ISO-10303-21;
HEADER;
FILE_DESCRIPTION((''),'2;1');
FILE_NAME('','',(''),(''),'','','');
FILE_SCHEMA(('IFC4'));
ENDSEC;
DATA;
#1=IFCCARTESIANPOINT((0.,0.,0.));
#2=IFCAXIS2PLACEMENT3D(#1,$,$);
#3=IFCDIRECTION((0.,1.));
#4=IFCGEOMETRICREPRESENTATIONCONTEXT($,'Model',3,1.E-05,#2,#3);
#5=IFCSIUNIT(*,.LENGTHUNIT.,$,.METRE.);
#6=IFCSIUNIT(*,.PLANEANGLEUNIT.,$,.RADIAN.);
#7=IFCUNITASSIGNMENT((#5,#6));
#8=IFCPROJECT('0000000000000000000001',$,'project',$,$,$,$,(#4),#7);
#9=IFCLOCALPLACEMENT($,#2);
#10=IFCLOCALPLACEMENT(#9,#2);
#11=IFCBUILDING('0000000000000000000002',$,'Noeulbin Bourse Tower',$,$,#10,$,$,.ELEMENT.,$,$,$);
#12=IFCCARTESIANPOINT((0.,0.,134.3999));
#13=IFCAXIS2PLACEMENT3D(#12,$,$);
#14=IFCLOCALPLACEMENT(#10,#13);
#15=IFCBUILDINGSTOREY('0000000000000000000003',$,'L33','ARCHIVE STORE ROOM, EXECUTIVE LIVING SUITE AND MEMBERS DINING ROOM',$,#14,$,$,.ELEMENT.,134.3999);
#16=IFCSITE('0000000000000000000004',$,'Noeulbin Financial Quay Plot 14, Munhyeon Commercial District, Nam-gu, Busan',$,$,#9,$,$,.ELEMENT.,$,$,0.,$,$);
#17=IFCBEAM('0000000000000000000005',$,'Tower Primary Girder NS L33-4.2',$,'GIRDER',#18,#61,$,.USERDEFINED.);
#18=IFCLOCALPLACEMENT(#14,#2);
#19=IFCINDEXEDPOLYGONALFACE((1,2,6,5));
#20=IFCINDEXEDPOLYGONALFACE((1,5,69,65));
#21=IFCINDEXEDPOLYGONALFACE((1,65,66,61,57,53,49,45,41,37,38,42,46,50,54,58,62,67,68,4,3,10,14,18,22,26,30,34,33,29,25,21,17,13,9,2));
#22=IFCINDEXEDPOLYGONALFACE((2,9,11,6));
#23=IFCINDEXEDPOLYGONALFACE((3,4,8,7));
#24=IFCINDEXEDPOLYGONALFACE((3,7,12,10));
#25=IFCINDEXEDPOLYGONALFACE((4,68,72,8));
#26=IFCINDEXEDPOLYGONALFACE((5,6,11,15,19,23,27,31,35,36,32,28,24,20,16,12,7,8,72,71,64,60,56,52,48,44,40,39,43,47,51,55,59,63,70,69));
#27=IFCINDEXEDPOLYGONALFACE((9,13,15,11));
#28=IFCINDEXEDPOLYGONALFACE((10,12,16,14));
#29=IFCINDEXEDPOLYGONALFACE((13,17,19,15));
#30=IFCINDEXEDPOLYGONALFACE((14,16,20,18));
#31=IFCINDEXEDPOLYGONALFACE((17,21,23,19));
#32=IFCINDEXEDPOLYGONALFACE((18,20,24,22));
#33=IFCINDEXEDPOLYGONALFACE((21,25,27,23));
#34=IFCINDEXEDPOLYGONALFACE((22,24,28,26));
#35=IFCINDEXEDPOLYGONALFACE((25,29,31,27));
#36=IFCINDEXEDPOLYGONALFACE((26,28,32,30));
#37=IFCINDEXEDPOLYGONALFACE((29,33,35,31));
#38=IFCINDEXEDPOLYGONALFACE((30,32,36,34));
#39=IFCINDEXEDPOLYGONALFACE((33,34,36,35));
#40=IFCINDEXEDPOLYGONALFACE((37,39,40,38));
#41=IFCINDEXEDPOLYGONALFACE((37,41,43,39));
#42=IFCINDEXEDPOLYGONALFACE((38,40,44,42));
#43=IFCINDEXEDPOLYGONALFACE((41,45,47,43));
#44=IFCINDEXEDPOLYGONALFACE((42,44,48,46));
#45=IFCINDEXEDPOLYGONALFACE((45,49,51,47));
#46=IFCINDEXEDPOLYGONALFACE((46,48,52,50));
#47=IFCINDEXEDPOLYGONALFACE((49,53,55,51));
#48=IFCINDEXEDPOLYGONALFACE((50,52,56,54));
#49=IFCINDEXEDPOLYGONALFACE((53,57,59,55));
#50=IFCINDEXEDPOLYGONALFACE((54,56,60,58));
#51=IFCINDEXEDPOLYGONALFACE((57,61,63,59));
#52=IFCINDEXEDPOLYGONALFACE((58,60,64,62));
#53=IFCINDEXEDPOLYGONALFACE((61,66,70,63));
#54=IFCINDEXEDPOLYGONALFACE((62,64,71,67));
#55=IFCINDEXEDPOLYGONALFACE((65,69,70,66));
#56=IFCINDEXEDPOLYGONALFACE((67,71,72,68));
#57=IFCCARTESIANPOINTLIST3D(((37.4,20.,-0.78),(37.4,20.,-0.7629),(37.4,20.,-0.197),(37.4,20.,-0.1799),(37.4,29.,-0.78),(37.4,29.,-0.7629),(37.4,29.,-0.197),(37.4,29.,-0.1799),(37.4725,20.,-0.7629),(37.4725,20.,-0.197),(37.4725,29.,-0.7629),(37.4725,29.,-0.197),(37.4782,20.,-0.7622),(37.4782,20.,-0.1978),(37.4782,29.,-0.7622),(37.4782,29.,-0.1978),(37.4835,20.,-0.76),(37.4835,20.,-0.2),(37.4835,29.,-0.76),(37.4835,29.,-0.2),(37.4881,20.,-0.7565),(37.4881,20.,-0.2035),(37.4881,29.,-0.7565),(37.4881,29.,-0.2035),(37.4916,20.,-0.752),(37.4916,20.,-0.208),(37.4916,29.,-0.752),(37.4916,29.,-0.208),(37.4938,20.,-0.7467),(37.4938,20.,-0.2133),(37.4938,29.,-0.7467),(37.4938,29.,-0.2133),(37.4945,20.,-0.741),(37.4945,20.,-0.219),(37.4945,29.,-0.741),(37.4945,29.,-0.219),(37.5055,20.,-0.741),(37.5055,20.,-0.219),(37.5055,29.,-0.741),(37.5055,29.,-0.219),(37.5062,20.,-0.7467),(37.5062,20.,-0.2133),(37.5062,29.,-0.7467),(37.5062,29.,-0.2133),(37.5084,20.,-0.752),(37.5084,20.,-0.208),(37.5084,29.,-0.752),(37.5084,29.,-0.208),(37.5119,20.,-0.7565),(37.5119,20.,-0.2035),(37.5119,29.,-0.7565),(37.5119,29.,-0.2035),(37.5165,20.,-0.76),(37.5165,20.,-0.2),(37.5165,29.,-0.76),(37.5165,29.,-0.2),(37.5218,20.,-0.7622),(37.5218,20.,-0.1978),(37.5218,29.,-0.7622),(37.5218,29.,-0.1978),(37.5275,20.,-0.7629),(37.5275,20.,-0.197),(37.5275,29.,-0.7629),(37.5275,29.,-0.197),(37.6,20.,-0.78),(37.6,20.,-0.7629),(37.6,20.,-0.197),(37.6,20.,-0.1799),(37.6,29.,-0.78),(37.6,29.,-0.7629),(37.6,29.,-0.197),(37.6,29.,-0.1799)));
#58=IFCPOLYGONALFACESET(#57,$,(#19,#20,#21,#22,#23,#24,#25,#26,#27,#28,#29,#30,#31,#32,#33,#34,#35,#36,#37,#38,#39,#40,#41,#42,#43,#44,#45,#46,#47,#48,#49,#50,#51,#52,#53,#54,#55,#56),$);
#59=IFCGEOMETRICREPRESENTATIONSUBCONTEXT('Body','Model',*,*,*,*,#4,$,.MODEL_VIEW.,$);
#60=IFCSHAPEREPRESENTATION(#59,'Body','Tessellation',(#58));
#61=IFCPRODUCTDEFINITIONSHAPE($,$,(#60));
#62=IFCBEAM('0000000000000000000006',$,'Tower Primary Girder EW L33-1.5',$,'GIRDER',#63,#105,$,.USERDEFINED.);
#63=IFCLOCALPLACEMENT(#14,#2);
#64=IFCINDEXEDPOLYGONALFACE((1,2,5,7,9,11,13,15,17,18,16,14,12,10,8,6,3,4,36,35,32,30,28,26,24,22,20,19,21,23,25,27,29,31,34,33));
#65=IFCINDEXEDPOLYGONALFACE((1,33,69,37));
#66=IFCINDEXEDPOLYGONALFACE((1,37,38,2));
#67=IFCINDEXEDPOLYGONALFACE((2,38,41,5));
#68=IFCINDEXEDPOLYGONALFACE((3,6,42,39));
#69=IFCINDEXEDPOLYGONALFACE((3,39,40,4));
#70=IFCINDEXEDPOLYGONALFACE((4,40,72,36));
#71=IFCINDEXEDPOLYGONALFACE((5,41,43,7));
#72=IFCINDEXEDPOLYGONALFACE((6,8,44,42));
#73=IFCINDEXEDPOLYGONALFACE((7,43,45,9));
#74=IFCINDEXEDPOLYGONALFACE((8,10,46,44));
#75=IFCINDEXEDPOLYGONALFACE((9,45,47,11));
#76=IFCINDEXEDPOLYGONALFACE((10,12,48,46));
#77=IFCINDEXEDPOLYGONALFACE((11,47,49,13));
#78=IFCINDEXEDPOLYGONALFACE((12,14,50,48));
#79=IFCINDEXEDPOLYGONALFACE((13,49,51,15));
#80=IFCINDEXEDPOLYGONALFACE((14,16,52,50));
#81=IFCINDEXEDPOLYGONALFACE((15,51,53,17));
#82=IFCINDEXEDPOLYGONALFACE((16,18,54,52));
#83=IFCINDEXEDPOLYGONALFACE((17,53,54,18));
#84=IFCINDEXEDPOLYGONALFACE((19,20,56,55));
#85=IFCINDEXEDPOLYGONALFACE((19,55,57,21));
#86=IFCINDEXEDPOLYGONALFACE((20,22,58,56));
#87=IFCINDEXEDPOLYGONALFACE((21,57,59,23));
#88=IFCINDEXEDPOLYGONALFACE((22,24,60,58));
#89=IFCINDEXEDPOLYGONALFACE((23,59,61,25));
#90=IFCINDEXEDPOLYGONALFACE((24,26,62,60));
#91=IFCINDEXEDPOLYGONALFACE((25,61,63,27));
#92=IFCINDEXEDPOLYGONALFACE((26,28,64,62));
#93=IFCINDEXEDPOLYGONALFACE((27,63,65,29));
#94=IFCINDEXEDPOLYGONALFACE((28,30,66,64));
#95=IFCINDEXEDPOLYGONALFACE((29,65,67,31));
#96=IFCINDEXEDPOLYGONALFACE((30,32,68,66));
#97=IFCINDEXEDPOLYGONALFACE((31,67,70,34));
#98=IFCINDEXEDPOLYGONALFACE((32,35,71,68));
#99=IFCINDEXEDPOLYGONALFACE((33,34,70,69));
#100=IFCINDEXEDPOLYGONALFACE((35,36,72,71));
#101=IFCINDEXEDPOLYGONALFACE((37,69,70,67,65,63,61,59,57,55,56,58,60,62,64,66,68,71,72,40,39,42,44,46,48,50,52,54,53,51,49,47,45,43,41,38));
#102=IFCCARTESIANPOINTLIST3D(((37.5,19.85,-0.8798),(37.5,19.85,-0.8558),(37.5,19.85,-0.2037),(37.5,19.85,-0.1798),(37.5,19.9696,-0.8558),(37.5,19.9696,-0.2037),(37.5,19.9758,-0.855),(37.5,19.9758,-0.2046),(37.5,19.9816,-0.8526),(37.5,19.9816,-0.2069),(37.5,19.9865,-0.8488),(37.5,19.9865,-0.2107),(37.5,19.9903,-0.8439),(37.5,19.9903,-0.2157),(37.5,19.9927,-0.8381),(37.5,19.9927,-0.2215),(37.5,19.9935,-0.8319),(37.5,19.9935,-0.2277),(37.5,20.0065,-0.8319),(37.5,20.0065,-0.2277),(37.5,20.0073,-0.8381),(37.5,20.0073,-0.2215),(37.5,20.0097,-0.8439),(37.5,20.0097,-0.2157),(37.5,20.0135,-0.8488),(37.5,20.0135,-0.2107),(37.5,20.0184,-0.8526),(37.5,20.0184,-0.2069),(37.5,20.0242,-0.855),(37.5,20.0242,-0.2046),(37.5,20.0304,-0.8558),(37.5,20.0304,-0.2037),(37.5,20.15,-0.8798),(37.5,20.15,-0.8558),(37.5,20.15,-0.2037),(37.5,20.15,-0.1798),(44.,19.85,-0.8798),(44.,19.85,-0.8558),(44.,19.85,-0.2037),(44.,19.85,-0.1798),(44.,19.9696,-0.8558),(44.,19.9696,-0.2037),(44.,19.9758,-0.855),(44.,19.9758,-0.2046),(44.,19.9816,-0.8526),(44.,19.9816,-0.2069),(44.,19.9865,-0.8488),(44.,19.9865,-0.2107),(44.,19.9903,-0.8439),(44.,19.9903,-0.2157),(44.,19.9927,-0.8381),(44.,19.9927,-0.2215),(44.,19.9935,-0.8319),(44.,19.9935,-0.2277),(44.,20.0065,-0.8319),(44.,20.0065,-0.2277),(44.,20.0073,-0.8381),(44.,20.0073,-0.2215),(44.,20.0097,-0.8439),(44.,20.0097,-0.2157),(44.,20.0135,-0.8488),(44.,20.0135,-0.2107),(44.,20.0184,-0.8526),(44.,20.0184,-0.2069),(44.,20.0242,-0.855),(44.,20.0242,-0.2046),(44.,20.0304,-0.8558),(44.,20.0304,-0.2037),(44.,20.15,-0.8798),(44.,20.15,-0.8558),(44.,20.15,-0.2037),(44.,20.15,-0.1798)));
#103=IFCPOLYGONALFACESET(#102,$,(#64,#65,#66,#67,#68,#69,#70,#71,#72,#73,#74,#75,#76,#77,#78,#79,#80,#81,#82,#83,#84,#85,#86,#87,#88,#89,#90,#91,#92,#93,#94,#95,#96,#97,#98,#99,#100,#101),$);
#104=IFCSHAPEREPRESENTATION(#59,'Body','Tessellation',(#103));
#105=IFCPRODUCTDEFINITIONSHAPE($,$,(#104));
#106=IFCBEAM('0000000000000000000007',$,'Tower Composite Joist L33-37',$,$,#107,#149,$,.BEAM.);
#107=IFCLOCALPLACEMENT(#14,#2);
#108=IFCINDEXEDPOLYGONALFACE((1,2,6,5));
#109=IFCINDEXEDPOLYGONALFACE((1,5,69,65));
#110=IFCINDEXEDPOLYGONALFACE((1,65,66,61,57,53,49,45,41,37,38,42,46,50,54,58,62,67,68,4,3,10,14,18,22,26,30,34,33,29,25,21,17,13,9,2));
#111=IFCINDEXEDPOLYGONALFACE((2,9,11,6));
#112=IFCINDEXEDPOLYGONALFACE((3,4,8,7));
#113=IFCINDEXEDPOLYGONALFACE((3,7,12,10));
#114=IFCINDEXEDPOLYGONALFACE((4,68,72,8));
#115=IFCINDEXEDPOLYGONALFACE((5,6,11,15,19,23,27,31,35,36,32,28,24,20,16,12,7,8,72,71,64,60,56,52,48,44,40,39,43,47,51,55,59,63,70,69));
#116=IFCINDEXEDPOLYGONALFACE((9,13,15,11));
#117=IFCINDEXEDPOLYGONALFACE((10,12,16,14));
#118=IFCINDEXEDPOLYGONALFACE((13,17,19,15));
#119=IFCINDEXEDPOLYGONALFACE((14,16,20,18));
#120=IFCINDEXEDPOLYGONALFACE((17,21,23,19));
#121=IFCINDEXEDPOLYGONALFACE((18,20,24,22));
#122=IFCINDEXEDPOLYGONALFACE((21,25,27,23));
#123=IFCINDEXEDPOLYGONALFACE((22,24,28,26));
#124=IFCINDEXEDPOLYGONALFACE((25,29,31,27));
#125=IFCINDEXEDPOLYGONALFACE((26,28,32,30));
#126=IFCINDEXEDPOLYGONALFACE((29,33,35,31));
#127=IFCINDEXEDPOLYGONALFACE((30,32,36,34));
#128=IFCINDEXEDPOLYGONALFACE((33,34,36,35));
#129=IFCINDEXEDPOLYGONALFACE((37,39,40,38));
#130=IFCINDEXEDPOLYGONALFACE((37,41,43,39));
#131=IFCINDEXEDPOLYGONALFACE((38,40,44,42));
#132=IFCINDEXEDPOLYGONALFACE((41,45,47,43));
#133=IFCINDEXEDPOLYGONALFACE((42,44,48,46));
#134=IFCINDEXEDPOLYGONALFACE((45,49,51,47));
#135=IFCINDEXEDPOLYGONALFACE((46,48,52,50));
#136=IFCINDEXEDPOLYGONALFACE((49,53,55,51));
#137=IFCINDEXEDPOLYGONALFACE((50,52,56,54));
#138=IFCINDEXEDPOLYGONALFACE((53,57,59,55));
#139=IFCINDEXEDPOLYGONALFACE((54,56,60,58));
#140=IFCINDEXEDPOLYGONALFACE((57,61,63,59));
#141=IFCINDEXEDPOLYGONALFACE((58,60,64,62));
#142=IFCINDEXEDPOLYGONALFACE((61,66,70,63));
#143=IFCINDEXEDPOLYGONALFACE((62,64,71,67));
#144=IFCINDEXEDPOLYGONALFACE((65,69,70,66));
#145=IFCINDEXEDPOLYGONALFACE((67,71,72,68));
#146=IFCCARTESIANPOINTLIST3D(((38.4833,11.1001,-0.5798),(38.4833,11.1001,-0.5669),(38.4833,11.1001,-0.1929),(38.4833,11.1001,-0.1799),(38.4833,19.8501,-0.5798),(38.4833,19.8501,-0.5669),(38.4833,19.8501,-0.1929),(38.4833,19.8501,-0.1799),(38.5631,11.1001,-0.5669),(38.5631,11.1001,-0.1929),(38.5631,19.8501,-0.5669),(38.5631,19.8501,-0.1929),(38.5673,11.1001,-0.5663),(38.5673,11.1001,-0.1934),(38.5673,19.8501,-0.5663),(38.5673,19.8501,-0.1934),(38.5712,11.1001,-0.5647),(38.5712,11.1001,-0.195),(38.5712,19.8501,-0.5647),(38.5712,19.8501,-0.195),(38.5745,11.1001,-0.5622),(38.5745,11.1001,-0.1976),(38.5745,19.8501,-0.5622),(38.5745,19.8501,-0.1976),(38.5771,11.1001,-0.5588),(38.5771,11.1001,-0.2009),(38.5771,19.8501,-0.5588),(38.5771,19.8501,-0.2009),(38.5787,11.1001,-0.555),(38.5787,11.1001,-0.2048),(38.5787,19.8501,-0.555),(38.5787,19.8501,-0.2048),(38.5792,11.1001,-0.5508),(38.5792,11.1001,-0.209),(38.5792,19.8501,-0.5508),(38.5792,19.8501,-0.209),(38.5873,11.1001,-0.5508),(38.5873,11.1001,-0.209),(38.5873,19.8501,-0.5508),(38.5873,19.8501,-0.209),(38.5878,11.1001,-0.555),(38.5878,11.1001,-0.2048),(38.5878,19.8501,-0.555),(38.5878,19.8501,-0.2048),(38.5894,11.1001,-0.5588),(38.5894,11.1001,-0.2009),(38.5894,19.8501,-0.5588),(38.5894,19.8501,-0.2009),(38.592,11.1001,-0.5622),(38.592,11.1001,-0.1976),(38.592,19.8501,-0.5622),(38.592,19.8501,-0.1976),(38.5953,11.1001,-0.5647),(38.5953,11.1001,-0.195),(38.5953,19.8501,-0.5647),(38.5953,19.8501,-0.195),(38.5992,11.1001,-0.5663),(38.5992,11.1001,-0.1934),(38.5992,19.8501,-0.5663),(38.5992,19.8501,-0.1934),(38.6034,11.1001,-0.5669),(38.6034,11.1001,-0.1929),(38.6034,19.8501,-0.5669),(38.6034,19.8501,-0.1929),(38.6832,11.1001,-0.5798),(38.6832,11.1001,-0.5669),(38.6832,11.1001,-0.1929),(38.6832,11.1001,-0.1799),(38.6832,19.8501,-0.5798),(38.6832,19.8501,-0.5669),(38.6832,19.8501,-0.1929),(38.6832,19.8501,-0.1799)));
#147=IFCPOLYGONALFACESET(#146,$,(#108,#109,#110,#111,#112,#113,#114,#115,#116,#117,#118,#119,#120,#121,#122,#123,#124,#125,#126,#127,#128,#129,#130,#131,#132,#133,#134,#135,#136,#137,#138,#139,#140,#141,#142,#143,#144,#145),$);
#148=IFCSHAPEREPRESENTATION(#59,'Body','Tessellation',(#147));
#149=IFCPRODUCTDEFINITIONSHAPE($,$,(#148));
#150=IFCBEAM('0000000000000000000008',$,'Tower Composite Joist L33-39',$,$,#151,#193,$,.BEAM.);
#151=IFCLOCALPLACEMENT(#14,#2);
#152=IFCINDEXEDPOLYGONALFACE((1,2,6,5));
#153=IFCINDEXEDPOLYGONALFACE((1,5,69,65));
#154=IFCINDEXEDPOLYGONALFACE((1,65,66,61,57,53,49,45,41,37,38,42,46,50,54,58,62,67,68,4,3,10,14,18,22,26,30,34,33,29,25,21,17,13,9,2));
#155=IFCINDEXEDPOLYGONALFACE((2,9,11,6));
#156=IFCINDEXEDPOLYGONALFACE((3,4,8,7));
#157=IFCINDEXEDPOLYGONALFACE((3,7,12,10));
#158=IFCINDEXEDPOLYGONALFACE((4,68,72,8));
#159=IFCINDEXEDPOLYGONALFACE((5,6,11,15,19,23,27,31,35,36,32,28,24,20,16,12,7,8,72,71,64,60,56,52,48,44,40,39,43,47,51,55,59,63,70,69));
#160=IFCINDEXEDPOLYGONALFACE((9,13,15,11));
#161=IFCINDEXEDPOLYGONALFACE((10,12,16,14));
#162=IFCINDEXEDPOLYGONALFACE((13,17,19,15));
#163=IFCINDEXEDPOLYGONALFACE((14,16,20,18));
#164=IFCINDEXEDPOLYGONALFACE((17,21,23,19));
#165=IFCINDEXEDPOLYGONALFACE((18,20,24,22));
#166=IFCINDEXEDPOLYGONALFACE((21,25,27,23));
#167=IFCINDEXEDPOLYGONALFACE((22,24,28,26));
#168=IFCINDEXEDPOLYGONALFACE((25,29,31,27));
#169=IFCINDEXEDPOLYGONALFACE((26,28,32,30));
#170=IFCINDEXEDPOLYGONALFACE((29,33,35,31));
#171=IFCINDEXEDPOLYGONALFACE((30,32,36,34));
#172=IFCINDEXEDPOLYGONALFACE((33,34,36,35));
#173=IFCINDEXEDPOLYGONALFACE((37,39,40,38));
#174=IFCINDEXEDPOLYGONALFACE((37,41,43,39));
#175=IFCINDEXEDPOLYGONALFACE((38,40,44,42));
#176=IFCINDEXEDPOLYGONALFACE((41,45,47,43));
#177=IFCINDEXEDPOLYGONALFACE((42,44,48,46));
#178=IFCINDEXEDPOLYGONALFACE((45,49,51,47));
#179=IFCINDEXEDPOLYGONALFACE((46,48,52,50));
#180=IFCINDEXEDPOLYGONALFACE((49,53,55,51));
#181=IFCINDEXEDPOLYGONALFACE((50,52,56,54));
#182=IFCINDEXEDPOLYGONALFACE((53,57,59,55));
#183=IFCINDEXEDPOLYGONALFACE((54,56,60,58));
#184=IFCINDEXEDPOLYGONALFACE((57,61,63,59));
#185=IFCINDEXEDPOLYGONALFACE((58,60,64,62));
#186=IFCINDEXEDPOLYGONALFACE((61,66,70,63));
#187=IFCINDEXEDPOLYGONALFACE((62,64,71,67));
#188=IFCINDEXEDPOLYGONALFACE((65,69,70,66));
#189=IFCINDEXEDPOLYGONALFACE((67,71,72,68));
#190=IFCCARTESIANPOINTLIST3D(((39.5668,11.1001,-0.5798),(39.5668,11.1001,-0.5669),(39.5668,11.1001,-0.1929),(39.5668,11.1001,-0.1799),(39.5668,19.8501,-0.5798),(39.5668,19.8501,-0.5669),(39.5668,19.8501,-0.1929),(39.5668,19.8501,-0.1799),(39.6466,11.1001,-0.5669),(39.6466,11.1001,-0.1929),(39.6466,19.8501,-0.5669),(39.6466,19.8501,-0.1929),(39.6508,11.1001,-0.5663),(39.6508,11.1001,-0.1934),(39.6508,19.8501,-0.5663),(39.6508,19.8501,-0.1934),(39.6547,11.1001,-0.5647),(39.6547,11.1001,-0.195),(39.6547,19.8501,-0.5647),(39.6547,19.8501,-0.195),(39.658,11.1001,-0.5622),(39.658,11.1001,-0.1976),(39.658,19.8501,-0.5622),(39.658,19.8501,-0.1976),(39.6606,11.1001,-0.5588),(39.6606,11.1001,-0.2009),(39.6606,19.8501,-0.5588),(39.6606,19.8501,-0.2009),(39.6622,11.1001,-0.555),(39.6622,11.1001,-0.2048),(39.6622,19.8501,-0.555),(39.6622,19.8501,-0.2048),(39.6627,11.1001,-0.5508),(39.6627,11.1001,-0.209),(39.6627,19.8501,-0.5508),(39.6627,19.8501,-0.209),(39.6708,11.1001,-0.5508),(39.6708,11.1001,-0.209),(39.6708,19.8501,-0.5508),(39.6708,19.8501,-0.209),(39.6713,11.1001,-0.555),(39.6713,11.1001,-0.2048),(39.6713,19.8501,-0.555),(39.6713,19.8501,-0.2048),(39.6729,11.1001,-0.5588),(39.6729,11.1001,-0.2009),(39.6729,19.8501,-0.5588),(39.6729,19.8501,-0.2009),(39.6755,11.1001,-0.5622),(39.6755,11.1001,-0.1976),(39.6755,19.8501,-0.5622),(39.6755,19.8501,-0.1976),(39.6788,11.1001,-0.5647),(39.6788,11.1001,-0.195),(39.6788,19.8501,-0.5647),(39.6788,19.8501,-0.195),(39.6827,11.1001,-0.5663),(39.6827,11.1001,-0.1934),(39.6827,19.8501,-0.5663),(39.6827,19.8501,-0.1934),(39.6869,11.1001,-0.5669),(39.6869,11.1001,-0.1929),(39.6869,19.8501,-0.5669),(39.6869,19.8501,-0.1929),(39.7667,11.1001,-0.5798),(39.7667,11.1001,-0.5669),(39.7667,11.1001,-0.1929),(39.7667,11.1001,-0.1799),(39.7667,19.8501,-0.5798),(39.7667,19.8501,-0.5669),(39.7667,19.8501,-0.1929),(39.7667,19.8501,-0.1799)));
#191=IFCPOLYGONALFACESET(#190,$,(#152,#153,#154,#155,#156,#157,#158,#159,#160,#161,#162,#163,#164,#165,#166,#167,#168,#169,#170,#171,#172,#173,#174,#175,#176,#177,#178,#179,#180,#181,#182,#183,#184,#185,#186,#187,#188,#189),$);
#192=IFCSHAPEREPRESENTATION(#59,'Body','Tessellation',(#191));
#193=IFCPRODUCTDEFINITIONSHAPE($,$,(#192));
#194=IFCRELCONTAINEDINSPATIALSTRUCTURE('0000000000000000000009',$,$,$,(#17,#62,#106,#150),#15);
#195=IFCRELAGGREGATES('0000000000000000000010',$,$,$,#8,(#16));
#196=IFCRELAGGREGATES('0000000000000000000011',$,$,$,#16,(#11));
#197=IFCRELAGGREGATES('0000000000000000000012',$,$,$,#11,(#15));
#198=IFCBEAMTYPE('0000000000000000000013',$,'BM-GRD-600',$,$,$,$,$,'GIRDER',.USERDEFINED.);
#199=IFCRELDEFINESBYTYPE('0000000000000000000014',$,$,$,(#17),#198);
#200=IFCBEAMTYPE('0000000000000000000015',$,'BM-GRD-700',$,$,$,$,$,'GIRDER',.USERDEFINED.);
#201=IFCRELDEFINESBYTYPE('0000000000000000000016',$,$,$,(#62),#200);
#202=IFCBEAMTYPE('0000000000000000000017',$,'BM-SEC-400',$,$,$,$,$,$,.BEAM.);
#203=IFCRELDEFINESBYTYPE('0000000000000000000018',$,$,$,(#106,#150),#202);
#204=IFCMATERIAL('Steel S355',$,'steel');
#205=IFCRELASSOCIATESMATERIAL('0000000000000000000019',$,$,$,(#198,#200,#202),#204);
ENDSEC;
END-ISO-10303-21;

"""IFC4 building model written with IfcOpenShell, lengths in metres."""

from ifc_helpers import new_model, si_unit, direction, frame, origin, origin_2d, place, context, subcontext, project, spatial, i_section, extrude, material, material_profile, profile_set, type_object, element, save


model = new_model("IFC4")

# Units and contexts
model_context = context("Model", 3, precision=1e-05, world=origin(), true_north=direction((0.0, 1.0)))
body_context = subcontext(model_context, "Body", "Model", "MODEL_VIEW")
ifc_project = project(units=[si_unit("LENGTHUNIT", "METRE"), si_unit("PLANEANGLEUNIT", "RADIAN")], contexts=[model_context])

# Site, building, storey
site_placement = place(None, origin())
site = spatial("IfcSite", under=ifc_project, at=site_placement, Name="Noeulbin Financial Quay Plot 14, Munhyeon Commercial District, Nam-gu, Busan", CompositionType="ELEMENT", RefElevation=0.0)
building_placement = place(site_placement, origin())
building = spatial("IfcBuilding", under=site, at=building_placement, Name="Noeulbin Bourse Tower", CompositionType="ELEMENT")
storey_placement = place(building_placement, frame((0.0, 0.0, 134.3999)))
storey = spatial("IfcBuildingStorey", under=building, at=storey_placement, Name="L33", Description="ARCHIVE STORE ROOM, EXECUTIVE LIVING SUITE AND MEMBERS DINING ROOM", CompositionType="ELEMENT", Elevation=134.3999)

# Shared definitions
ifc_material_1 = material(Name="Steel S355", Category="steel")

# Beams
ifc_material_profile_1 = material_profile(ifc_material_1, i_section(OverallWidth=0.2, OverallDepth=0.6001, WebThickness=0.011, FlangeThickness=0.0171, FilletRadius=0.022, at=origin_2d()), Name="H-600x200x11x17", Category="LoadBearing")
ifc_profile_set_1 = profile_set([ifc_material_profile_1], Name="Steel S355")
beam_type_1 = type_object("IfcBeamType", Name="BM-GRD-600", ElementType="GIRDER", PredefinedType="USERDEFINED", material=ifc_profile_set_1)
beam_1_placement = place(storey_placement, frame((37.5, 20.0, -0.48), z_axis=(0.0, 1.0, 0.0), x_axis=(-1.0, 0.0, 0.0)))
element("IfcBeam", 1, at=beam_1_placement, inside=storey, type_object=beam_type_1, Name="Tower Primary Girder NS L33-4.2", ObjectType="GIRDER", PredefinedType="USERDEFINED", context=body_context, shape_type="SweptSolid", body=[
    extrude(i_section(OverallWidth=0.2, OverallDepth=0.6001, WebThickness=0.011, FlangeThickness=0.0171, FilletRadius=0.022, at=origin_2d()), origin(), (0.0, 0.0, 1.0), 9.0),
])
ifc_material_profile_2 = material_profile(ifc_material_1, i_section(OverallWidth=0.3, OverallDepth=0.7, WebThickness=0.0129, FlangeThickness=0.0239, FilletRadius=0.0239, at=origin_2d()), Name="H-700x300x13x24", Category="LoadBearing")
ifc_profile_set_2 = profile_set([ifc_material_profile_2], Name="Steel S355")
beam_type_2 = type_object("IfcBeamType", Name="BM-GRD-700", ElementType="GIRDER", PredefinedType="USERDEFINED", material=ifc_profile_set_2)
beam_2_placement = place(storey_placement, frame((37.5, 20.0, -0.5298), z_axis=(1.0, 0.0, 0.0), x_axis=(0.0, 1.0, 0.0)))
element("IfcBeam", 2, at=beam_2_placement, inside=storey, type_object=beam_type_2, Name="Tower Primary Girder EW L33-1.5", ObjectType="GIRDER", PredefinedType="USERDEFINED", context=body_context, shape_type="SweptSolid", body=[
    extrude(i_section(OverallWidth=0.3, OverallDepth=0.7, WebThickness=0.0129, FlangeThickness=0.0239, FilletRadius=0.0239, at=origin_2d()), origin(), (0.0, 0.0, 1.0), 6.5),
])
ifc_material_profile_3 = material_profile(ifc_material_1, i_section(OverallWidth=0.2, OverallDepth=0.3999, WebThickness=0.0081, FlangeThickness=0.0129, FilletRadius=0.0161, at=origin_2d()), Name="H-400x200x8x13", Category="LoadBearing")
ifc_profile_set_3 = profile_set([ifc_material_profile_3], Name="Steel S355")
beam_type_3 = type_object("IfcBeamType", Name="BM-SEC-400", PredefinedType="BEAM", material=ifc_profile_set_3)
for number, where, z_axis, x_axis, name in (
    (3, (38.5833, 11.1001, -0.3799), (0.0, 1.0, 0.0), (-1.0, 0.0, 0.0), "Tower Composite Joist L33-37"),
    (4, (39.6667, 11.1001, -0.3799), (0.0, 1.0, 0.0), (-1.0, 0.0, 0.0), "Tower Composite Joist L33-39"),
):
    element("IfcBeam", number, at=place(storey_placement, frame(where, z_axis=z_axis, x_axis=x_axis)), inside=storey, type_object=beam_type_3, Name=name, PredefinedType="BEAM", context=body_context, shape_type="SweptSolid", body=[
        extrude(i_section(OverallWidth=0.2, OverallDepth=0.3999, WebThickness=0.0081, FlangeThickness=0.0129, FilletRadius=0.0161, at=origin_2d()), origin(), (0.0, 0.0, 1.0), 8.75),
    ])

save(model, "model.ifc")
